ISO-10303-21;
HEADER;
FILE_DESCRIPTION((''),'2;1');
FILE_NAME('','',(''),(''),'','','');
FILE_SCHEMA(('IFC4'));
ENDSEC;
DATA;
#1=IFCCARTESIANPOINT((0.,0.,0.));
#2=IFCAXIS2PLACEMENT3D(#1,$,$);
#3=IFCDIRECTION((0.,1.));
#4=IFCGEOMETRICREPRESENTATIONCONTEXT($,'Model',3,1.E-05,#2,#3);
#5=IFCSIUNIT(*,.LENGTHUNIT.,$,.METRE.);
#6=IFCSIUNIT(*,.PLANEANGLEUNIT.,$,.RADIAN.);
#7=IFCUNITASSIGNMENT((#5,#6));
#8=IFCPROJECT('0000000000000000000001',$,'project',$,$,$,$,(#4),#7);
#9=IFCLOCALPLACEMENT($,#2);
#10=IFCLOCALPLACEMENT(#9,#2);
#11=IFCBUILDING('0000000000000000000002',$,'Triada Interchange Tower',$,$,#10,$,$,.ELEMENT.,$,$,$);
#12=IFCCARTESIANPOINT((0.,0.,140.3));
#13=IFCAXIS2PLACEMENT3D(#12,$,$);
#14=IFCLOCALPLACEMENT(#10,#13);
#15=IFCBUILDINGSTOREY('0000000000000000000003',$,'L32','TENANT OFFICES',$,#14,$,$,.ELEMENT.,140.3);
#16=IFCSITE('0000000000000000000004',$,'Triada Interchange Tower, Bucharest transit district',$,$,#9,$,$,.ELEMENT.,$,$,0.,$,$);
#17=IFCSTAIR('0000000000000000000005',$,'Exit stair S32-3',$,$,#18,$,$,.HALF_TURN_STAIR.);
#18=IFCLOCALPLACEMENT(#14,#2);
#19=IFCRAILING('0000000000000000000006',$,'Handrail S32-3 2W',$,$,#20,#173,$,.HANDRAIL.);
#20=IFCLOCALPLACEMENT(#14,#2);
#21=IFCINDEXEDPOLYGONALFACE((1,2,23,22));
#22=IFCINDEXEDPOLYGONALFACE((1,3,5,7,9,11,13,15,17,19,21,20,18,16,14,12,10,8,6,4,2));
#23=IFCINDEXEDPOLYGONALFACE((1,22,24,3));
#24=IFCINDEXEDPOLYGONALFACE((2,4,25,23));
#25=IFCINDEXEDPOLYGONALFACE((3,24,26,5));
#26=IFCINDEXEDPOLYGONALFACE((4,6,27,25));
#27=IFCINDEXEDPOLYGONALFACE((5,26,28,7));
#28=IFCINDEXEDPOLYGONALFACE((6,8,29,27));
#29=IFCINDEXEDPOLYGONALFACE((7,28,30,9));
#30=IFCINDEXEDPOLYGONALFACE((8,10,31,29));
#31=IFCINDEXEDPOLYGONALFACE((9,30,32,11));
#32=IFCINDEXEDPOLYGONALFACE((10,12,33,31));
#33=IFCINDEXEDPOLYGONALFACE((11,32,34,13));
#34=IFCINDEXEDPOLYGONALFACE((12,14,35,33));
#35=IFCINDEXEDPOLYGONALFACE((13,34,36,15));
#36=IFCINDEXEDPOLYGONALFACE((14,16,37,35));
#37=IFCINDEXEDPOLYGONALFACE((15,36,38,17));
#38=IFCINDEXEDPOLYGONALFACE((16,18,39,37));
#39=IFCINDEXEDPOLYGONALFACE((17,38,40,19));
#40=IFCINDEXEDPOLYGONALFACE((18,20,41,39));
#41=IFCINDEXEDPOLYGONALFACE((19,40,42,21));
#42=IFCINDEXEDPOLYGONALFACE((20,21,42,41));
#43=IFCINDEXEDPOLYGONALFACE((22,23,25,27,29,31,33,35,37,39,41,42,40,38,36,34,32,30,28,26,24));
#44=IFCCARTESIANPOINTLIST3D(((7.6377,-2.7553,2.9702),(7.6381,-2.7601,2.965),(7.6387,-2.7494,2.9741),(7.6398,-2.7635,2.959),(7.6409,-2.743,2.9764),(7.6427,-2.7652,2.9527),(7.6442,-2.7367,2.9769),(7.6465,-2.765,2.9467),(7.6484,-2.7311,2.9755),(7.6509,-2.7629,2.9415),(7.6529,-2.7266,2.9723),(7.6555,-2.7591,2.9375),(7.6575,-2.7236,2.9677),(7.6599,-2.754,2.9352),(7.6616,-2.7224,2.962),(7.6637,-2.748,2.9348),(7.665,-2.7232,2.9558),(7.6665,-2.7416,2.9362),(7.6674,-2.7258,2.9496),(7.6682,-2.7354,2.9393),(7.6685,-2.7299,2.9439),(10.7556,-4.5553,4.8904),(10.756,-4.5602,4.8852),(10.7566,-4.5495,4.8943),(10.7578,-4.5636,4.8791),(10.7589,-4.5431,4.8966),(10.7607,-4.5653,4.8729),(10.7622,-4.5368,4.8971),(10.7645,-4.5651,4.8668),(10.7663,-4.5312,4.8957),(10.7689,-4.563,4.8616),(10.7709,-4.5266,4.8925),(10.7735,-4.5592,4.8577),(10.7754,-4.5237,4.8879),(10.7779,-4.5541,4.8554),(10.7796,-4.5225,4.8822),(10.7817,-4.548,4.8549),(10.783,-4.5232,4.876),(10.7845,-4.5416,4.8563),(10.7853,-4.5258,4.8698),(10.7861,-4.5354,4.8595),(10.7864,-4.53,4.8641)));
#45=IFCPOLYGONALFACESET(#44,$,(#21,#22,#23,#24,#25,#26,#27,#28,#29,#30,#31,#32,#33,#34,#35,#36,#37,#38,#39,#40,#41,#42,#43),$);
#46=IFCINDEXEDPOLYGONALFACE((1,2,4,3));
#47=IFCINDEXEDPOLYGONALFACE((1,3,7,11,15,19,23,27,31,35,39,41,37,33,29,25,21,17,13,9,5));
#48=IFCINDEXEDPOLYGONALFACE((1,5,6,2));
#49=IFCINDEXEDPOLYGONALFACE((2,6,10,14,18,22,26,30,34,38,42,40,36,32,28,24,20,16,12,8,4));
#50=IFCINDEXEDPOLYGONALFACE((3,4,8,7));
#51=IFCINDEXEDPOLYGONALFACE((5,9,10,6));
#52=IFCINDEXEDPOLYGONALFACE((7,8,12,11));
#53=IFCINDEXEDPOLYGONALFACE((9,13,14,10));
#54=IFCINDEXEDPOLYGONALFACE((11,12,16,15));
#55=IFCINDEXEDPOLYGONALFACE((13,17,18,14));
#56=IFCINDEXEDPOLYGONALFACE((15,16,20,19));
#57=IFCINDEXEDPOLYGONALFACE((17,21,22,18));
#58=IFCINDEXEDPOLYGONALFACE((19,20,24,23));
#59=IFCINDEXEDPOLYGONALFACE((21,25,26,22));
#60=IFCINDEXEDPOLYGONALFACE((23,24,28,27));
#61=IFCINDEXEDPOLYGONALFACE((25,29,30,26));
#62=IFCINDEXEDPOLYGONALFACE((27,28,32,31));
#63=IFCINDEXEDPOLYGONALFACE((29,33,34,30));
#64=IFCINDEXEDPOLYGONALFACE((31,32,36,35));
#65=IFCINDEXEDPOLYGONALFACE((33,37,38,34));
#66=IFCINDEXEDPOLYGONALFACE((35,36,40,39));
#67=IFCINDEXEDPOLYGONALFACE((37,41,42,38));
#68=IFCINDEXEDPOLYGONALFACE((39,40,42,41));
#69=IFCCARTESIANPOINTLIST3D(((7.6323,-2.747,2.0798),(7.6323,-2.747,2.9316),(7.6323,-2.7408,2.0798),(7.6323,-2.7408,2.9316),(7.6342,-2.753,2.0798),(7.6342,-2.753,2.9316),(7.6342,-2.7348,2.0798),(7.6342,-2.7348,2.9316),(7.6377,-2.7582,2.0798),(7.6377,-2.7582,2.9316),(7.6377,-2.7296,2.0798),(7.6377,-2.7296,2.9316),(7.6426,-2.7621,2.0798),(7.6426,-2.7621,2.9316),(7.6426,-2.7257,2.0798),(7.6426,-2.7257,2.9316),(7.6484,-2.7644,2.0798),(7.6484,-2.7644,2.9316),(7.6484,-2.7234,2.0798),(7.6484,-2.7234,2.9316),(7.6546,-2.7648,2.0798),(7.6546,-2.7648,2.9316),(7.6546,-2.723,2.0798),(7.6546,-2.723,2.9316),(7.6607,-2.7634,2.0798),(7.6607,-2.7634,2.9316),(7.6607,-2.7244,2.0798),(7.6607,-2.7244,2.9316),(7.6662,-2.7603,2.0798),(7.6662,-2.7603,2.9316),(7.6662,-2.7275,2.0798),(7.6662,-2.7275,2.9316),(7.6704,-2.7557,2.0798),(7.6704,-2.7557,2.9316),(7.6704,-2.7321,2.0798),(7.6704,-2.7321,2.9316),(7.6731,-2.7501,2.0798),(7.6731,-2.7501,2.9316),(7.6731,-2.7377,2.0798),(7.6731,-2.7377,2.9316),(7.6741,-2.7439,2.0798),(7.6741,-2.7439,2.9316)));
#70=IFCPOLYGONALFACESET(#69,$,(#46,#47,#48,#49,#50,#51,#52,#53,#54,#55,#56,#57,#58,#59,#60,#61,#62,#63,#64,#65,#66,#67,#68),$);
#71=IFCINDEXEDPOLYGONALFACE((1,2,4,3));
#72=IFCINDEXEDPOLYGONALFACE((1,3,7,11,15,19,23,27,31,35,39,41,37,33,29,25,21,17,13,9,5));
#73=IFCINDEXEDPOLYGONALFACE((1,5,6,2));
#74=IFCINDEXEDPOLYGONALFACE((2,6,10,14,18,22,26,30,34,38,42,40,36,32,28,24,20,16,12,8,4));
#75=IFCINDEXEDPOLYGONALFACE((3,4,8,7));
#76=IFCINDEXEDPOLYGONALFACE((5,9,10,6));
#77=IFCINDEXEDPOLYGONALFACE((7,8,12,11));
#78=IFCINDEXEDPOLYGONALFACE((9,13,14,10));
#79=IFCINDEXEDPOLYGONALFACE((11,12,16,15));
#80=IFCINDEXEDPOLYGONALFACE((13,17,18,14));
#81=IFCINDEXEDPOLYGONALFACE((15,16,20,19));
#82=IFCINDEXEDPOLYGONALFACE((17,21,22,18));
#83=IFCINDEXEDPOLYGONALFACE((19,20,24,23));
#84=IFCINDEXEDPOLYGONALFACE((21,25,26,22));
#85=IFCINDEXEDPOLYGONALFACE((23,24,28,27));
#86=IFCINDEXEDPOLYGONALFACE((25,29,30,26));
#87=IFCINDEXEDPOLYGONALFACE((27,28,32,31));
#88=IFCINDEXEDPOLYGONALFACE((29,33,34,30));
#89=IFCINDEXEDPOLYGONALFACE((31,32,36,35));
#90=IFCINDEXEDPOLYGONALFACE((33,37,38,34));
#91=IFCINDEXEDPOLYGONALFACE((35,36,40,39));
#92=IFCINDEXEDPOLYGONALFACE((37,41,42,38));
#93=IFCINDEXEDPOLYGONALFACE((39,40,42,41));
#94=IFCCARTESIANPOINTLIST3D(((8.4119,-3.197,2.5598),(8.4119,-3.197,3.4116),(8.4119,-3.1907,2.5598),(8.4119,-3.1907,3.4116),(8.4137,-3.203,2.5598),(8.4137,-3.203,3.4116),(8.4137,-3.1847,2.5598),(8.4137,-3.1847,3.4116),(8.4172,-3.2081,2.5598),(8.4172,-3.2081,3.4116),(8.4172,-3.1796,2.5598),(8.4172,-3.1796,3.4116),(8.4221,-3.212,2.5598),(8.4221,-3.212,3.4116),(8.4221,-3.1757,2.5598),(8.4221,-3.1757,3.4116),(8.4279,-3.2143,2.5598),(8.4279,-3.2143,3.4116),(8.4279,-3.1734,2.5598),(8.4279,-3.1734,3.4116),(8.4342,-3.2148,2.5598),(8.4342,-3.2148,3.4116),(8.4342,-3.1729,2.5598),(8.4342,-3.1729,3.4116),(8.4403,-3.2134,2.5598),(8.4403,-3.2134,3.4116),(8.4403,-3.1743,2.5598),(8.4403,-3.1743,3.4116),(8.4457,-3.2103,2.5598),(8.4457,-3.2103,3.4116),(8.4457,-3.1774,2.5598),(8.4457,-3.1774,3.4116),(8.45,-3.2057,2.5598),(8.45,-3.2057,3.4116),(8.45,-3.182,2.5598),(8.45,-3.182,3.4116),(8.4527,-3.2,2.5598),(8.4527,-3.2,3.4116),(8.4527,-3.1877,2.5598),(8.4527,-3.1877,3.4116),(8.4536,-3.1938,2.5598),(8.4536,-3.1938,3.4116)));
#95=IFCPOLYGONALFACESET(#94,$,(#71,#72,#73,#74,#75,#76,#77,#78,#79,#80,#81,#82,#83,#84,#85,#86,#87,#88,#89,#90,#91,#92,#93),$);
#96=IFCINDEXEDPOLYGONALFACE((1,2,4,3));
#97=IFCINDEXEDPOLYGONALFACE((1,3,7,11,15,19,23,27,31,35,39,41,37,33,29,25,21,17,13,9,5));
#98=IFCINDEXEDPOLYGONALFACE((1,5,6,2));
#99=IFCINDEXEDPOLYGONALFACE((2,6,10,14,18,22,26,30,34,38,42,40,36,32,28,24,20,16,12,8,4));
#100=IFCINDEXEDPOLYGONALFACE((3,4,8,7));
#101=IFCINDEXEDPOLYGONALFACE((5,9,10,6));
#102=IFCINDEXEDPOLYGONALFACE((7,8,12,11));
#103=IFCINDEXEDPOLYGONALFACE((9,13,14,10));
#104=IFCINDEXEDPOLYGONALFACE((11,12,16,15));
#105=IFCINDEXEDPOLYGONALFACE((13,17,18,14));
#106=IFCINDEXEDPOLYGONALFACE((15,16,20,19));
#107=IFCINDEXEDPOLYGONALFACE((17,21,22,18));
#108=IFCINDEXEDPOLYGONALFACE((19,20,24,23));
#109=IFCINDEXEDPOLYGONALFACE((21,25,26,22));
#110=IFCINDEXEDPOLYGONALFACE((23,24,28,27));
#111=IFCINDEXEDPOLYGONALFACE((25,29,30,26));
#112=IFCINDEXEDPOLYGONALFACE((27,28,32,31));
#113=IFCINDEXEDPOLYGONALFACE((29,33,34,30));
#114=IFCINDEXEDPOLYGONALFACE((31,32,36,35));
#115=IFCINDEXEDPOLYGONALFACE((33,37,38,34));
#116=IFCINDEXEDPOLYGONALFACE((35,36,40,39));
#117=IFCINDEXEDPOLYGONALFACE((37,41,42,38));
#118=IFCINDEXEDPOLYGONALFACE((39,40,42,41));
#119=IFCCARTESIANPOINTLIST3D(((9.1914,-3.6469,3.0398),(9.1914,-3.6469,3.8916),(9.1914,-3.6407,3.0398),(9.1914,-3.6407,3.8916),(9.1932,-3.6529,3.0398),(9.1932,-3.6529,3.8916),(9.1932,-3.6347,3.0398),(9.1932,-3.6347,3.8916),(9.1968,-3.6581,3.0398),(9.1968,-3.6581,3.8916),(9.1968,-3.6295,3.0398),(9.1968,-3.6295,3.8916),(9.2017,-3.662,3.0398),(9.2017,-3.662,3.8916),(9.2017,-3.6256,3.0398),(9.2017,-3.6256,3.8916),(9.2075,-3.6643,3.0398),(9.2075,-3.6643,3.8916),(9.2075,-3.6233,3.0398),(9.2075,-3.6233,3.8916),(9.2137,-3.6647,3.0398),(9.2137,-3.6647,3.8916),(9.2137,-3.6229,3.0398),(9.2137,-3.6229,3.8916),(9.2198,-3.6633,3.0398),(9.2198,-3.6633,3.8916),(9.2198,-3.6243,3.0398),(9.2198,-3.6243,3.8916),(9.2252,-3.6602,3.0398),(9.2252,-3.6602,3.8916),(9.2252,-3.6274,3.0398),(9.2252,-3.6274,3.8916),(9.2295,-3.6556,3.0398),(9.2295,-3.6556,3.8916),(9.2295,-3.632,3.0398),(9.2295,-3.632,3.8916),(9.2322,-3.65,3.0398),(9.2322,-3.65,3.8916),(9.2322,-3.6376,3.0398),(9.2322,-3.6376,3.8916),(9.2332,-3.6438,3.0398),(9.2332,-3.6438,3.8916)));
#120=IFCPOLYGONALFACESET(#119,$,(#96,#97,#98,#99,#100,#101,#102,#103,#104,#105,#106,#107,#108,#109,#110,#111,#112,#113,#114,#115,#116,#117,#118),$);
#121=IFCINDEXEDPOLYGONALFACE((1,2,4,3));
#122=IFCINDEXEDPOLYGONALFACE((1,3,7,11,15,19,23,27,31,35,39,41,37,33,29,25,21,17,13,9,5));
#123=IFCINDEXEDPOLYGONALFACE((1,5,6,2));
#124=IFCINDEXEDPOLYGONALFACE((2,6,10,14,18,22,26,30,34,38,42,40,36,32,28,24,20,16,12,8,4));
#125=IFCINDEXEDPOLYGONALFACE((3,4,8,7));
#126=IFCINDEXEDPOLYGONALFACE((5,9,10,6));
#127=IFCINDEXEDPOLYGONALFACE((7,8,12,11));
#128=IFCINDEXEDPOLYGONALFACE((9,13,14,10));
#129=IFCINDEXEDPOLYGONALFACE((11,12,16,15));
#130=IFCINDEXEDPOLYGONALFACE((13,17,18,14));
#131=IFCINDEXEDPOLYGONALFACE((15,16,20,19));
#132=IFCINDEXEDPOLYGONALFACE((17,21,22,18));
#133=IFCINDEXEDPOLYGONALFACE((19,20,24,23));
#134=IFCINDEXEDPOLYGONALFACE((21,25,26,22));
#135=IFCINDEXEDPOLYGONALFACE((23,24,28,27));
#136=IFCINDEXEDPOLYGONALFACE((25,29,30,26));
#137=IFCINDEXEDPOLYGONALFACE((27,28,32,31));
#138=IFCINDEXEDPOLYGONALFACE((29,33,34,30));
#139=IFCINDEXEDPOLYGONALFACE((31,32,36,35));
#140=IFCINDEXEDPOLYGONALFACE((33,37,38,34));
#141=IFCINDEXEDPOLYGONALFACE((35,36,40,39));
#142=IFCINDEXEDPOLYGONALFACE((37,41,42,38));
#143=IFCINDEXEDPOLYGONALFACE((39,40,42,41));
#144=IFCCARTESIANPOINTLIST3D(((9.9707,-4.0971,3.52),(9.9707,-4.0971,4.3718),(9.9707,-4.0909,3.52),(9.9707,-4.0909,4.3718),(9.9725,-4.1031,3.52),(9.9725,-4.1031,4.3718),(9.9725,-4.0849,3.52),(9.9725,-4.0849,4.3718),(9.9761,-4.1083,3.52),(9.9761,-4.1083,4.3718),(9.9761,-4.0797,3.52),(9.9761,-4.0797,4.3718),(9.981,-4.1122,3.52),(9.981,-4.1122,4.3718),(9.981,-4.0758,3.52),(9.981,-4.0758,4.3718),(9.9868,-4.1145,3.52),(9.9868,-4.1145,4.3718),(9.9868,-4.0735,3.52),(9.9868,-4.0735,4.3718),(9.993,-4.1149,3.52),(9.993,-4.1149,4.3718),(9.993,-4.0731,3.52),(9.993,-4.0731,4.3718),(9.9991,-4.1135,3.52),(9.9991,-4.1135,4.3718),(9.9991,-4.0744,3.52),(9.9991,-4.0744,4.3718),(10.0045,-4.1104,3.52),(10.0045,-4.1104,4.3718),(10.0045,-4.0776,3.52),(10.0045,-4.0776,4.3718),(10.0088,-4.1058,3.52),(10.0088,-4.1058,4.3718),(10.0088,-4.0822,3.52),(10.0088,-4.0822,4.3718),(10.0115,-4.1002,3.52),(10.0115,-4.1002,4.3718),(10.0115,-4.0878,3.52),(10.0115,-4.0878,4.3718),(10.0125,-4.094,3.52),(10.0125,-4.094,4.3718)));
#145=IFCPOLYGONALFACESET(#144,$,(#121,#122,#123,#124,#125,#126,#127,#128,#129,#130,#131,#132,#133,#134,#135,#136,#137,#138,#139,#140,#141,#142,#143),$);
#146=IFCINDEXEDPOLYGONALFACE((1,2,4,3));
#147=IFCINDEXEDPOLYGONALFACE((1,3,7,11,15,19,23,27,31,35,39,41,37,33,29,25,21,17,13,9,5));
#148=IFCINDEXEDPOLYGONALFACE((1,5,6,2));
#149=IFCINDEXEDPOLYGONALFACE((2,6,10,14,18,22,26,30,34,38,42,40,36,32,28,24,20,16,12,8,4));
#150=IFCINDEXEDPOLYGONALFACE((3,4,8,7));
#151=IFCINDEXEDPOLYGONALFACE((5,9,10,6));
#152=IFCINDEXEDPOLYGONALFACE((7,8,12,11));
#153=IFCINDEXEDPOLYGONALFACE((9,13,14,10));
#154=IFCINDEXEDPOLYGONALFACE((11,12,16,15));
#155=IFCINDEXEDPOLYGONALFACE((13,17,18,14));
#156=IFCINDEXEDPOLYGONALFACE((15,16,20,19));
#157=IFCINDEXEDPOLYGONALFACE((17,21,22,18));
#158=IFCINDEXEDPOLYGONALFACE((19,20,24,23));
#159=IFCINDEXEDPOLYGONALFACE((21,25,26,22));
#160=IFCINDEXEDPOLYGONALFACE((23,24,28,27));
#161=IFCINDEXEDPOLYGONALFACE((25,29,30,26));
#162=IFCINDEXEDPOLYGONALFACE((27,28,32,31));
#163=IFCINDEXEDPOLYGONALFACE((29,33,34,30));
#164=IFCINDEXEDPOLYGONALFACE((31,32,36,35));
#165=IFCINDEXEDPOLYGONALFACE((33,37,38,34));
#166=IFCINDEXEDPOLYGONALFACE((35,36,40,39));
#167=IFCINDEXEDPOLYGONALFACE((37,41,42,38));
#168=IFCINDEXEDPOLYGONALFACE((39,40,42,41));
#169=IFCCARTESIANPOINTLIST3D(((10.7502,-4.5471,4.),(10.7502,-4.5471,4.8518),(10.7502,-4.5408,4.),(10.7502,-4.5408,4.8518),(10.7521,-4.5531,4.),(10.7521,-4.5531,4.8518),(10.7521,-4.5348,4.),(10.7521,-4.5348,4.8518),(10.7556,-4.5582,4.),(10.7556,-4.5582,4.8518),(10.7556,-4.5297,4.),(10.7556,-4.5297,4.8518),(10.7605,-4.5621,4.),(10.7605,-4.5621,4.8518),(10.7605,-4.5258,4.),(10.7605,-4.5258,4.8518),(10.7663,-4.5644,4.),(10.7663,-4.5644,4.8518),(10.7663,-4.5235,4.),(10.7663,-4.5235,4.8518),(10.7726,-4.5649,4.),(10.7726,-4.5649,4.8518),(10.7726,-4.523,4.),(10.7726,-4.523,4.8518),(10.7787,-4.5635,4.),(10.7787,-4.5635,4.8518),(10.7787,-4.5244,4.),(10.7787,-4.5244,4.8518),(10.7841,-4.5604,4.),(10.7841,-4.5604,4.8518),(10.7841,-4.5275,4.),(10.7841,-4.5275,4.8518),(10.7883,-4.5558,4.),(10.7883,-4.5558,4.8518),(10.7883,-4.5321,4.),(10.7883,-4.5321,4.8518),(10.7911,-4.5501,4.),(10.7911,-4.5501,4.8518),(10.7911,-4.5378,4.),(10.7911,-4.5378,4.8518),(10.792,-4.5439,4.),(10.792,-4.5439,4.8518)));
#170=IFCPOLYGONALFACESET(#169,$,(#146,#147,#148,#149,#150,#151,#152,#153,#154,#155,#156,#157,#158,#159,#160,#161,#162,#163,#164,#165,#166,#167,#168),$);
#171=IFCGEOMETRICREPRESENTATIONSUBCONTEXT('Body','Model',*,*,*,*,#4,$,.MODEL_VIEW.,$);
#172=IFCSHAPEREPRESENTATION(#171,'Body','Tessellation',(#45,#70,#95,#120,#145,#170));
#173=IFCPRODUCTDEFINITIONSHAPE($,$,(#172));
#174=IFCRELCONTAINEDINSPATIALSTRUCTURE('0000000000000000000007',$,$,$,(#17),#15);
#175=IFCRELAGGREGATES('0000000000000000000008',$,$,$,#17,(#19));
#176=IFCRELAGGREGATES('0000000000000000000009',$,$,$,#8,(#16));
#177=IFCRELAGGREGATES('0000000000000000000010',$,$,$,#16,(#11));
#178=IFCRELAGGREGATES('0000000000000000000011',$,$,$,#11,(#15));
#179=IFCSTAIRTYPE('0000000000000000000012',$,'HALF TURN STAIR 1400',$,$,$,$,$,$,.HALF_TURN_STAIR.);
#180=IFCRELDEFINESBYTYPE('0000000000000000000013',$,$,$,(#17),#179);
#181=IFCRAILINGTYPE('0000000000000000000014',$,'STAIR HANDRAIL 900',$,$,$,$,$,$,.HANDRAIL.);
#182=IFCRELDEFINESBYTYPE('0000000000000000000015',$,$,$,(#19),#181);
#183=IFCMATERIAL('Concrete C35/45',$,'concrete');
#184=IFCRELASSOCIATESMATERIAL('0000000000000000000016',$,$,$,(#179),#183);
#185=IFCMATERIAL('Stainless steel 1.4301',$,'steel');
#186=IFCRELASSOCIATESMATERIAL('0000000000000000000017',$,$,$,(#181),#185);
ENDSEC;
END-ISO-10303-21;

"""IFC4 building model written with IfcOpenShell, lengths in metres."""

from ifc_helpers import new_model, si_unit, direction, frame, origin, origin_2d, place, context, subcontext, project, spatial, circle, extrude, material, type_object, element, aggregate, save


model = new_model("IFC4")

# Units and contexts
model_context = context("Model", 3, precision=1e-05, world=origin(), true_north=direction((0.0, 1.0)))
body_context = subcontext(model_context, "Body", "Model", "MODEL_VIEW")
ifc_project = project(units=[si_unit("LENGTHUNIT", "METRE"), si_unit("PLANEANGLEUNIT", "RADIAN")], contexts=[model_context])

# Site, building, storey
site_placement = place(None, origin())
site = spatial("IfcSite", under=ifc_project, at=site_placement, Name="Triada Interchange Tower, Bucharest transit district", CompositionType="ELEMENT", RefElevation=0.0)
building_placement = place(site_placement, origin())
building = spatial("IfcBuilding", under=site, at=building_placement, Name="Triada Interchange Tower", CompositionType="ELEMENT")
storey_placement = place(building_placement, frame((0.0, 0.0, 140.3)))
storey = spatial("IfcBuildingStorey", under=building, at=storey_placement, Name="L32", Description="TENANT OFFICES", CompositionType="ELEMENT", Elevation=140.3)

# Stair
ifc_material_1 = material(Name="Concrete C35/45", Category="concrete")
stair_type = type_object("IfcStairType", Name="HALF TURN STAIR 1400", PredefinedType="HALF_TURN_STAIR", material=ifc_material_1)
stair_placement = place(storey_placement, origin())
stair = element("IfcStair", 1, at=stair_placement, inside=storey, type_object=stair_type, Name="Exit stair S32-3", PredefinedType="HALF_TURN_STAIR")

# Railing
ifc_material_2 = material(Name="Stainless steel 1.4301", Category="steel")
railing_type = type_object("IfcRailingType", Name="STAIR HANDRAIL 900", PredefinedType="HANDRAIL", material=ifc_material_2)
railing_1_placement = place(storey_placement, frame((7.6531, -2.7439, 2.0798)))
railing_1 = element("IfcRailing", 2, at=railing_1_placement, type_object=railing_type, Name="Handrail S32-3 2W", PredefinedType="HANDRAIL", context=body_context, shape_type="SweptSolid", body=[
    extrude(circle(Radius=0.0239, at=origin_2d()), frame((0.0, 0.0, 0.876), z_axis=(0.764145, -0.441159, 0.470597), x_axis=(0.499983, 0.866035, 0.0)), (0.0, 0.0, 1.0), 4.0803),
    extrude(circle(Radius=0.021, at=origin_2d()), origin(), (0.0, 0.0, 1.0), 0.8518),
    extrude(circle(Radius=0.021, at=origin_2d()), frame((0.7795, -0.45, 0.48)), (0.0, 0.0, 1.0), 0.8518),
    extrude(circle(Radius=0.021, at=origin_2d()), frame((1.5591, -0.8999, 0.96)), (0.0, 0.0, 1.0), 0.8518),
    extrude(circle(Radius=0.021, at=origin_2d()), frame((2.3384, -1.3501, 1.4402)), (0.0, 0.0, 1.0), 0.8518),
    extrude(circle(Radius=0.021, at=origin_2d()), frame((3.1179, -1.8, 1.9202)), (0.0, 0.0, 1.0), 0.8518),
])
aggregate(stair, [railing_1])

save(model, "model.ifc")
